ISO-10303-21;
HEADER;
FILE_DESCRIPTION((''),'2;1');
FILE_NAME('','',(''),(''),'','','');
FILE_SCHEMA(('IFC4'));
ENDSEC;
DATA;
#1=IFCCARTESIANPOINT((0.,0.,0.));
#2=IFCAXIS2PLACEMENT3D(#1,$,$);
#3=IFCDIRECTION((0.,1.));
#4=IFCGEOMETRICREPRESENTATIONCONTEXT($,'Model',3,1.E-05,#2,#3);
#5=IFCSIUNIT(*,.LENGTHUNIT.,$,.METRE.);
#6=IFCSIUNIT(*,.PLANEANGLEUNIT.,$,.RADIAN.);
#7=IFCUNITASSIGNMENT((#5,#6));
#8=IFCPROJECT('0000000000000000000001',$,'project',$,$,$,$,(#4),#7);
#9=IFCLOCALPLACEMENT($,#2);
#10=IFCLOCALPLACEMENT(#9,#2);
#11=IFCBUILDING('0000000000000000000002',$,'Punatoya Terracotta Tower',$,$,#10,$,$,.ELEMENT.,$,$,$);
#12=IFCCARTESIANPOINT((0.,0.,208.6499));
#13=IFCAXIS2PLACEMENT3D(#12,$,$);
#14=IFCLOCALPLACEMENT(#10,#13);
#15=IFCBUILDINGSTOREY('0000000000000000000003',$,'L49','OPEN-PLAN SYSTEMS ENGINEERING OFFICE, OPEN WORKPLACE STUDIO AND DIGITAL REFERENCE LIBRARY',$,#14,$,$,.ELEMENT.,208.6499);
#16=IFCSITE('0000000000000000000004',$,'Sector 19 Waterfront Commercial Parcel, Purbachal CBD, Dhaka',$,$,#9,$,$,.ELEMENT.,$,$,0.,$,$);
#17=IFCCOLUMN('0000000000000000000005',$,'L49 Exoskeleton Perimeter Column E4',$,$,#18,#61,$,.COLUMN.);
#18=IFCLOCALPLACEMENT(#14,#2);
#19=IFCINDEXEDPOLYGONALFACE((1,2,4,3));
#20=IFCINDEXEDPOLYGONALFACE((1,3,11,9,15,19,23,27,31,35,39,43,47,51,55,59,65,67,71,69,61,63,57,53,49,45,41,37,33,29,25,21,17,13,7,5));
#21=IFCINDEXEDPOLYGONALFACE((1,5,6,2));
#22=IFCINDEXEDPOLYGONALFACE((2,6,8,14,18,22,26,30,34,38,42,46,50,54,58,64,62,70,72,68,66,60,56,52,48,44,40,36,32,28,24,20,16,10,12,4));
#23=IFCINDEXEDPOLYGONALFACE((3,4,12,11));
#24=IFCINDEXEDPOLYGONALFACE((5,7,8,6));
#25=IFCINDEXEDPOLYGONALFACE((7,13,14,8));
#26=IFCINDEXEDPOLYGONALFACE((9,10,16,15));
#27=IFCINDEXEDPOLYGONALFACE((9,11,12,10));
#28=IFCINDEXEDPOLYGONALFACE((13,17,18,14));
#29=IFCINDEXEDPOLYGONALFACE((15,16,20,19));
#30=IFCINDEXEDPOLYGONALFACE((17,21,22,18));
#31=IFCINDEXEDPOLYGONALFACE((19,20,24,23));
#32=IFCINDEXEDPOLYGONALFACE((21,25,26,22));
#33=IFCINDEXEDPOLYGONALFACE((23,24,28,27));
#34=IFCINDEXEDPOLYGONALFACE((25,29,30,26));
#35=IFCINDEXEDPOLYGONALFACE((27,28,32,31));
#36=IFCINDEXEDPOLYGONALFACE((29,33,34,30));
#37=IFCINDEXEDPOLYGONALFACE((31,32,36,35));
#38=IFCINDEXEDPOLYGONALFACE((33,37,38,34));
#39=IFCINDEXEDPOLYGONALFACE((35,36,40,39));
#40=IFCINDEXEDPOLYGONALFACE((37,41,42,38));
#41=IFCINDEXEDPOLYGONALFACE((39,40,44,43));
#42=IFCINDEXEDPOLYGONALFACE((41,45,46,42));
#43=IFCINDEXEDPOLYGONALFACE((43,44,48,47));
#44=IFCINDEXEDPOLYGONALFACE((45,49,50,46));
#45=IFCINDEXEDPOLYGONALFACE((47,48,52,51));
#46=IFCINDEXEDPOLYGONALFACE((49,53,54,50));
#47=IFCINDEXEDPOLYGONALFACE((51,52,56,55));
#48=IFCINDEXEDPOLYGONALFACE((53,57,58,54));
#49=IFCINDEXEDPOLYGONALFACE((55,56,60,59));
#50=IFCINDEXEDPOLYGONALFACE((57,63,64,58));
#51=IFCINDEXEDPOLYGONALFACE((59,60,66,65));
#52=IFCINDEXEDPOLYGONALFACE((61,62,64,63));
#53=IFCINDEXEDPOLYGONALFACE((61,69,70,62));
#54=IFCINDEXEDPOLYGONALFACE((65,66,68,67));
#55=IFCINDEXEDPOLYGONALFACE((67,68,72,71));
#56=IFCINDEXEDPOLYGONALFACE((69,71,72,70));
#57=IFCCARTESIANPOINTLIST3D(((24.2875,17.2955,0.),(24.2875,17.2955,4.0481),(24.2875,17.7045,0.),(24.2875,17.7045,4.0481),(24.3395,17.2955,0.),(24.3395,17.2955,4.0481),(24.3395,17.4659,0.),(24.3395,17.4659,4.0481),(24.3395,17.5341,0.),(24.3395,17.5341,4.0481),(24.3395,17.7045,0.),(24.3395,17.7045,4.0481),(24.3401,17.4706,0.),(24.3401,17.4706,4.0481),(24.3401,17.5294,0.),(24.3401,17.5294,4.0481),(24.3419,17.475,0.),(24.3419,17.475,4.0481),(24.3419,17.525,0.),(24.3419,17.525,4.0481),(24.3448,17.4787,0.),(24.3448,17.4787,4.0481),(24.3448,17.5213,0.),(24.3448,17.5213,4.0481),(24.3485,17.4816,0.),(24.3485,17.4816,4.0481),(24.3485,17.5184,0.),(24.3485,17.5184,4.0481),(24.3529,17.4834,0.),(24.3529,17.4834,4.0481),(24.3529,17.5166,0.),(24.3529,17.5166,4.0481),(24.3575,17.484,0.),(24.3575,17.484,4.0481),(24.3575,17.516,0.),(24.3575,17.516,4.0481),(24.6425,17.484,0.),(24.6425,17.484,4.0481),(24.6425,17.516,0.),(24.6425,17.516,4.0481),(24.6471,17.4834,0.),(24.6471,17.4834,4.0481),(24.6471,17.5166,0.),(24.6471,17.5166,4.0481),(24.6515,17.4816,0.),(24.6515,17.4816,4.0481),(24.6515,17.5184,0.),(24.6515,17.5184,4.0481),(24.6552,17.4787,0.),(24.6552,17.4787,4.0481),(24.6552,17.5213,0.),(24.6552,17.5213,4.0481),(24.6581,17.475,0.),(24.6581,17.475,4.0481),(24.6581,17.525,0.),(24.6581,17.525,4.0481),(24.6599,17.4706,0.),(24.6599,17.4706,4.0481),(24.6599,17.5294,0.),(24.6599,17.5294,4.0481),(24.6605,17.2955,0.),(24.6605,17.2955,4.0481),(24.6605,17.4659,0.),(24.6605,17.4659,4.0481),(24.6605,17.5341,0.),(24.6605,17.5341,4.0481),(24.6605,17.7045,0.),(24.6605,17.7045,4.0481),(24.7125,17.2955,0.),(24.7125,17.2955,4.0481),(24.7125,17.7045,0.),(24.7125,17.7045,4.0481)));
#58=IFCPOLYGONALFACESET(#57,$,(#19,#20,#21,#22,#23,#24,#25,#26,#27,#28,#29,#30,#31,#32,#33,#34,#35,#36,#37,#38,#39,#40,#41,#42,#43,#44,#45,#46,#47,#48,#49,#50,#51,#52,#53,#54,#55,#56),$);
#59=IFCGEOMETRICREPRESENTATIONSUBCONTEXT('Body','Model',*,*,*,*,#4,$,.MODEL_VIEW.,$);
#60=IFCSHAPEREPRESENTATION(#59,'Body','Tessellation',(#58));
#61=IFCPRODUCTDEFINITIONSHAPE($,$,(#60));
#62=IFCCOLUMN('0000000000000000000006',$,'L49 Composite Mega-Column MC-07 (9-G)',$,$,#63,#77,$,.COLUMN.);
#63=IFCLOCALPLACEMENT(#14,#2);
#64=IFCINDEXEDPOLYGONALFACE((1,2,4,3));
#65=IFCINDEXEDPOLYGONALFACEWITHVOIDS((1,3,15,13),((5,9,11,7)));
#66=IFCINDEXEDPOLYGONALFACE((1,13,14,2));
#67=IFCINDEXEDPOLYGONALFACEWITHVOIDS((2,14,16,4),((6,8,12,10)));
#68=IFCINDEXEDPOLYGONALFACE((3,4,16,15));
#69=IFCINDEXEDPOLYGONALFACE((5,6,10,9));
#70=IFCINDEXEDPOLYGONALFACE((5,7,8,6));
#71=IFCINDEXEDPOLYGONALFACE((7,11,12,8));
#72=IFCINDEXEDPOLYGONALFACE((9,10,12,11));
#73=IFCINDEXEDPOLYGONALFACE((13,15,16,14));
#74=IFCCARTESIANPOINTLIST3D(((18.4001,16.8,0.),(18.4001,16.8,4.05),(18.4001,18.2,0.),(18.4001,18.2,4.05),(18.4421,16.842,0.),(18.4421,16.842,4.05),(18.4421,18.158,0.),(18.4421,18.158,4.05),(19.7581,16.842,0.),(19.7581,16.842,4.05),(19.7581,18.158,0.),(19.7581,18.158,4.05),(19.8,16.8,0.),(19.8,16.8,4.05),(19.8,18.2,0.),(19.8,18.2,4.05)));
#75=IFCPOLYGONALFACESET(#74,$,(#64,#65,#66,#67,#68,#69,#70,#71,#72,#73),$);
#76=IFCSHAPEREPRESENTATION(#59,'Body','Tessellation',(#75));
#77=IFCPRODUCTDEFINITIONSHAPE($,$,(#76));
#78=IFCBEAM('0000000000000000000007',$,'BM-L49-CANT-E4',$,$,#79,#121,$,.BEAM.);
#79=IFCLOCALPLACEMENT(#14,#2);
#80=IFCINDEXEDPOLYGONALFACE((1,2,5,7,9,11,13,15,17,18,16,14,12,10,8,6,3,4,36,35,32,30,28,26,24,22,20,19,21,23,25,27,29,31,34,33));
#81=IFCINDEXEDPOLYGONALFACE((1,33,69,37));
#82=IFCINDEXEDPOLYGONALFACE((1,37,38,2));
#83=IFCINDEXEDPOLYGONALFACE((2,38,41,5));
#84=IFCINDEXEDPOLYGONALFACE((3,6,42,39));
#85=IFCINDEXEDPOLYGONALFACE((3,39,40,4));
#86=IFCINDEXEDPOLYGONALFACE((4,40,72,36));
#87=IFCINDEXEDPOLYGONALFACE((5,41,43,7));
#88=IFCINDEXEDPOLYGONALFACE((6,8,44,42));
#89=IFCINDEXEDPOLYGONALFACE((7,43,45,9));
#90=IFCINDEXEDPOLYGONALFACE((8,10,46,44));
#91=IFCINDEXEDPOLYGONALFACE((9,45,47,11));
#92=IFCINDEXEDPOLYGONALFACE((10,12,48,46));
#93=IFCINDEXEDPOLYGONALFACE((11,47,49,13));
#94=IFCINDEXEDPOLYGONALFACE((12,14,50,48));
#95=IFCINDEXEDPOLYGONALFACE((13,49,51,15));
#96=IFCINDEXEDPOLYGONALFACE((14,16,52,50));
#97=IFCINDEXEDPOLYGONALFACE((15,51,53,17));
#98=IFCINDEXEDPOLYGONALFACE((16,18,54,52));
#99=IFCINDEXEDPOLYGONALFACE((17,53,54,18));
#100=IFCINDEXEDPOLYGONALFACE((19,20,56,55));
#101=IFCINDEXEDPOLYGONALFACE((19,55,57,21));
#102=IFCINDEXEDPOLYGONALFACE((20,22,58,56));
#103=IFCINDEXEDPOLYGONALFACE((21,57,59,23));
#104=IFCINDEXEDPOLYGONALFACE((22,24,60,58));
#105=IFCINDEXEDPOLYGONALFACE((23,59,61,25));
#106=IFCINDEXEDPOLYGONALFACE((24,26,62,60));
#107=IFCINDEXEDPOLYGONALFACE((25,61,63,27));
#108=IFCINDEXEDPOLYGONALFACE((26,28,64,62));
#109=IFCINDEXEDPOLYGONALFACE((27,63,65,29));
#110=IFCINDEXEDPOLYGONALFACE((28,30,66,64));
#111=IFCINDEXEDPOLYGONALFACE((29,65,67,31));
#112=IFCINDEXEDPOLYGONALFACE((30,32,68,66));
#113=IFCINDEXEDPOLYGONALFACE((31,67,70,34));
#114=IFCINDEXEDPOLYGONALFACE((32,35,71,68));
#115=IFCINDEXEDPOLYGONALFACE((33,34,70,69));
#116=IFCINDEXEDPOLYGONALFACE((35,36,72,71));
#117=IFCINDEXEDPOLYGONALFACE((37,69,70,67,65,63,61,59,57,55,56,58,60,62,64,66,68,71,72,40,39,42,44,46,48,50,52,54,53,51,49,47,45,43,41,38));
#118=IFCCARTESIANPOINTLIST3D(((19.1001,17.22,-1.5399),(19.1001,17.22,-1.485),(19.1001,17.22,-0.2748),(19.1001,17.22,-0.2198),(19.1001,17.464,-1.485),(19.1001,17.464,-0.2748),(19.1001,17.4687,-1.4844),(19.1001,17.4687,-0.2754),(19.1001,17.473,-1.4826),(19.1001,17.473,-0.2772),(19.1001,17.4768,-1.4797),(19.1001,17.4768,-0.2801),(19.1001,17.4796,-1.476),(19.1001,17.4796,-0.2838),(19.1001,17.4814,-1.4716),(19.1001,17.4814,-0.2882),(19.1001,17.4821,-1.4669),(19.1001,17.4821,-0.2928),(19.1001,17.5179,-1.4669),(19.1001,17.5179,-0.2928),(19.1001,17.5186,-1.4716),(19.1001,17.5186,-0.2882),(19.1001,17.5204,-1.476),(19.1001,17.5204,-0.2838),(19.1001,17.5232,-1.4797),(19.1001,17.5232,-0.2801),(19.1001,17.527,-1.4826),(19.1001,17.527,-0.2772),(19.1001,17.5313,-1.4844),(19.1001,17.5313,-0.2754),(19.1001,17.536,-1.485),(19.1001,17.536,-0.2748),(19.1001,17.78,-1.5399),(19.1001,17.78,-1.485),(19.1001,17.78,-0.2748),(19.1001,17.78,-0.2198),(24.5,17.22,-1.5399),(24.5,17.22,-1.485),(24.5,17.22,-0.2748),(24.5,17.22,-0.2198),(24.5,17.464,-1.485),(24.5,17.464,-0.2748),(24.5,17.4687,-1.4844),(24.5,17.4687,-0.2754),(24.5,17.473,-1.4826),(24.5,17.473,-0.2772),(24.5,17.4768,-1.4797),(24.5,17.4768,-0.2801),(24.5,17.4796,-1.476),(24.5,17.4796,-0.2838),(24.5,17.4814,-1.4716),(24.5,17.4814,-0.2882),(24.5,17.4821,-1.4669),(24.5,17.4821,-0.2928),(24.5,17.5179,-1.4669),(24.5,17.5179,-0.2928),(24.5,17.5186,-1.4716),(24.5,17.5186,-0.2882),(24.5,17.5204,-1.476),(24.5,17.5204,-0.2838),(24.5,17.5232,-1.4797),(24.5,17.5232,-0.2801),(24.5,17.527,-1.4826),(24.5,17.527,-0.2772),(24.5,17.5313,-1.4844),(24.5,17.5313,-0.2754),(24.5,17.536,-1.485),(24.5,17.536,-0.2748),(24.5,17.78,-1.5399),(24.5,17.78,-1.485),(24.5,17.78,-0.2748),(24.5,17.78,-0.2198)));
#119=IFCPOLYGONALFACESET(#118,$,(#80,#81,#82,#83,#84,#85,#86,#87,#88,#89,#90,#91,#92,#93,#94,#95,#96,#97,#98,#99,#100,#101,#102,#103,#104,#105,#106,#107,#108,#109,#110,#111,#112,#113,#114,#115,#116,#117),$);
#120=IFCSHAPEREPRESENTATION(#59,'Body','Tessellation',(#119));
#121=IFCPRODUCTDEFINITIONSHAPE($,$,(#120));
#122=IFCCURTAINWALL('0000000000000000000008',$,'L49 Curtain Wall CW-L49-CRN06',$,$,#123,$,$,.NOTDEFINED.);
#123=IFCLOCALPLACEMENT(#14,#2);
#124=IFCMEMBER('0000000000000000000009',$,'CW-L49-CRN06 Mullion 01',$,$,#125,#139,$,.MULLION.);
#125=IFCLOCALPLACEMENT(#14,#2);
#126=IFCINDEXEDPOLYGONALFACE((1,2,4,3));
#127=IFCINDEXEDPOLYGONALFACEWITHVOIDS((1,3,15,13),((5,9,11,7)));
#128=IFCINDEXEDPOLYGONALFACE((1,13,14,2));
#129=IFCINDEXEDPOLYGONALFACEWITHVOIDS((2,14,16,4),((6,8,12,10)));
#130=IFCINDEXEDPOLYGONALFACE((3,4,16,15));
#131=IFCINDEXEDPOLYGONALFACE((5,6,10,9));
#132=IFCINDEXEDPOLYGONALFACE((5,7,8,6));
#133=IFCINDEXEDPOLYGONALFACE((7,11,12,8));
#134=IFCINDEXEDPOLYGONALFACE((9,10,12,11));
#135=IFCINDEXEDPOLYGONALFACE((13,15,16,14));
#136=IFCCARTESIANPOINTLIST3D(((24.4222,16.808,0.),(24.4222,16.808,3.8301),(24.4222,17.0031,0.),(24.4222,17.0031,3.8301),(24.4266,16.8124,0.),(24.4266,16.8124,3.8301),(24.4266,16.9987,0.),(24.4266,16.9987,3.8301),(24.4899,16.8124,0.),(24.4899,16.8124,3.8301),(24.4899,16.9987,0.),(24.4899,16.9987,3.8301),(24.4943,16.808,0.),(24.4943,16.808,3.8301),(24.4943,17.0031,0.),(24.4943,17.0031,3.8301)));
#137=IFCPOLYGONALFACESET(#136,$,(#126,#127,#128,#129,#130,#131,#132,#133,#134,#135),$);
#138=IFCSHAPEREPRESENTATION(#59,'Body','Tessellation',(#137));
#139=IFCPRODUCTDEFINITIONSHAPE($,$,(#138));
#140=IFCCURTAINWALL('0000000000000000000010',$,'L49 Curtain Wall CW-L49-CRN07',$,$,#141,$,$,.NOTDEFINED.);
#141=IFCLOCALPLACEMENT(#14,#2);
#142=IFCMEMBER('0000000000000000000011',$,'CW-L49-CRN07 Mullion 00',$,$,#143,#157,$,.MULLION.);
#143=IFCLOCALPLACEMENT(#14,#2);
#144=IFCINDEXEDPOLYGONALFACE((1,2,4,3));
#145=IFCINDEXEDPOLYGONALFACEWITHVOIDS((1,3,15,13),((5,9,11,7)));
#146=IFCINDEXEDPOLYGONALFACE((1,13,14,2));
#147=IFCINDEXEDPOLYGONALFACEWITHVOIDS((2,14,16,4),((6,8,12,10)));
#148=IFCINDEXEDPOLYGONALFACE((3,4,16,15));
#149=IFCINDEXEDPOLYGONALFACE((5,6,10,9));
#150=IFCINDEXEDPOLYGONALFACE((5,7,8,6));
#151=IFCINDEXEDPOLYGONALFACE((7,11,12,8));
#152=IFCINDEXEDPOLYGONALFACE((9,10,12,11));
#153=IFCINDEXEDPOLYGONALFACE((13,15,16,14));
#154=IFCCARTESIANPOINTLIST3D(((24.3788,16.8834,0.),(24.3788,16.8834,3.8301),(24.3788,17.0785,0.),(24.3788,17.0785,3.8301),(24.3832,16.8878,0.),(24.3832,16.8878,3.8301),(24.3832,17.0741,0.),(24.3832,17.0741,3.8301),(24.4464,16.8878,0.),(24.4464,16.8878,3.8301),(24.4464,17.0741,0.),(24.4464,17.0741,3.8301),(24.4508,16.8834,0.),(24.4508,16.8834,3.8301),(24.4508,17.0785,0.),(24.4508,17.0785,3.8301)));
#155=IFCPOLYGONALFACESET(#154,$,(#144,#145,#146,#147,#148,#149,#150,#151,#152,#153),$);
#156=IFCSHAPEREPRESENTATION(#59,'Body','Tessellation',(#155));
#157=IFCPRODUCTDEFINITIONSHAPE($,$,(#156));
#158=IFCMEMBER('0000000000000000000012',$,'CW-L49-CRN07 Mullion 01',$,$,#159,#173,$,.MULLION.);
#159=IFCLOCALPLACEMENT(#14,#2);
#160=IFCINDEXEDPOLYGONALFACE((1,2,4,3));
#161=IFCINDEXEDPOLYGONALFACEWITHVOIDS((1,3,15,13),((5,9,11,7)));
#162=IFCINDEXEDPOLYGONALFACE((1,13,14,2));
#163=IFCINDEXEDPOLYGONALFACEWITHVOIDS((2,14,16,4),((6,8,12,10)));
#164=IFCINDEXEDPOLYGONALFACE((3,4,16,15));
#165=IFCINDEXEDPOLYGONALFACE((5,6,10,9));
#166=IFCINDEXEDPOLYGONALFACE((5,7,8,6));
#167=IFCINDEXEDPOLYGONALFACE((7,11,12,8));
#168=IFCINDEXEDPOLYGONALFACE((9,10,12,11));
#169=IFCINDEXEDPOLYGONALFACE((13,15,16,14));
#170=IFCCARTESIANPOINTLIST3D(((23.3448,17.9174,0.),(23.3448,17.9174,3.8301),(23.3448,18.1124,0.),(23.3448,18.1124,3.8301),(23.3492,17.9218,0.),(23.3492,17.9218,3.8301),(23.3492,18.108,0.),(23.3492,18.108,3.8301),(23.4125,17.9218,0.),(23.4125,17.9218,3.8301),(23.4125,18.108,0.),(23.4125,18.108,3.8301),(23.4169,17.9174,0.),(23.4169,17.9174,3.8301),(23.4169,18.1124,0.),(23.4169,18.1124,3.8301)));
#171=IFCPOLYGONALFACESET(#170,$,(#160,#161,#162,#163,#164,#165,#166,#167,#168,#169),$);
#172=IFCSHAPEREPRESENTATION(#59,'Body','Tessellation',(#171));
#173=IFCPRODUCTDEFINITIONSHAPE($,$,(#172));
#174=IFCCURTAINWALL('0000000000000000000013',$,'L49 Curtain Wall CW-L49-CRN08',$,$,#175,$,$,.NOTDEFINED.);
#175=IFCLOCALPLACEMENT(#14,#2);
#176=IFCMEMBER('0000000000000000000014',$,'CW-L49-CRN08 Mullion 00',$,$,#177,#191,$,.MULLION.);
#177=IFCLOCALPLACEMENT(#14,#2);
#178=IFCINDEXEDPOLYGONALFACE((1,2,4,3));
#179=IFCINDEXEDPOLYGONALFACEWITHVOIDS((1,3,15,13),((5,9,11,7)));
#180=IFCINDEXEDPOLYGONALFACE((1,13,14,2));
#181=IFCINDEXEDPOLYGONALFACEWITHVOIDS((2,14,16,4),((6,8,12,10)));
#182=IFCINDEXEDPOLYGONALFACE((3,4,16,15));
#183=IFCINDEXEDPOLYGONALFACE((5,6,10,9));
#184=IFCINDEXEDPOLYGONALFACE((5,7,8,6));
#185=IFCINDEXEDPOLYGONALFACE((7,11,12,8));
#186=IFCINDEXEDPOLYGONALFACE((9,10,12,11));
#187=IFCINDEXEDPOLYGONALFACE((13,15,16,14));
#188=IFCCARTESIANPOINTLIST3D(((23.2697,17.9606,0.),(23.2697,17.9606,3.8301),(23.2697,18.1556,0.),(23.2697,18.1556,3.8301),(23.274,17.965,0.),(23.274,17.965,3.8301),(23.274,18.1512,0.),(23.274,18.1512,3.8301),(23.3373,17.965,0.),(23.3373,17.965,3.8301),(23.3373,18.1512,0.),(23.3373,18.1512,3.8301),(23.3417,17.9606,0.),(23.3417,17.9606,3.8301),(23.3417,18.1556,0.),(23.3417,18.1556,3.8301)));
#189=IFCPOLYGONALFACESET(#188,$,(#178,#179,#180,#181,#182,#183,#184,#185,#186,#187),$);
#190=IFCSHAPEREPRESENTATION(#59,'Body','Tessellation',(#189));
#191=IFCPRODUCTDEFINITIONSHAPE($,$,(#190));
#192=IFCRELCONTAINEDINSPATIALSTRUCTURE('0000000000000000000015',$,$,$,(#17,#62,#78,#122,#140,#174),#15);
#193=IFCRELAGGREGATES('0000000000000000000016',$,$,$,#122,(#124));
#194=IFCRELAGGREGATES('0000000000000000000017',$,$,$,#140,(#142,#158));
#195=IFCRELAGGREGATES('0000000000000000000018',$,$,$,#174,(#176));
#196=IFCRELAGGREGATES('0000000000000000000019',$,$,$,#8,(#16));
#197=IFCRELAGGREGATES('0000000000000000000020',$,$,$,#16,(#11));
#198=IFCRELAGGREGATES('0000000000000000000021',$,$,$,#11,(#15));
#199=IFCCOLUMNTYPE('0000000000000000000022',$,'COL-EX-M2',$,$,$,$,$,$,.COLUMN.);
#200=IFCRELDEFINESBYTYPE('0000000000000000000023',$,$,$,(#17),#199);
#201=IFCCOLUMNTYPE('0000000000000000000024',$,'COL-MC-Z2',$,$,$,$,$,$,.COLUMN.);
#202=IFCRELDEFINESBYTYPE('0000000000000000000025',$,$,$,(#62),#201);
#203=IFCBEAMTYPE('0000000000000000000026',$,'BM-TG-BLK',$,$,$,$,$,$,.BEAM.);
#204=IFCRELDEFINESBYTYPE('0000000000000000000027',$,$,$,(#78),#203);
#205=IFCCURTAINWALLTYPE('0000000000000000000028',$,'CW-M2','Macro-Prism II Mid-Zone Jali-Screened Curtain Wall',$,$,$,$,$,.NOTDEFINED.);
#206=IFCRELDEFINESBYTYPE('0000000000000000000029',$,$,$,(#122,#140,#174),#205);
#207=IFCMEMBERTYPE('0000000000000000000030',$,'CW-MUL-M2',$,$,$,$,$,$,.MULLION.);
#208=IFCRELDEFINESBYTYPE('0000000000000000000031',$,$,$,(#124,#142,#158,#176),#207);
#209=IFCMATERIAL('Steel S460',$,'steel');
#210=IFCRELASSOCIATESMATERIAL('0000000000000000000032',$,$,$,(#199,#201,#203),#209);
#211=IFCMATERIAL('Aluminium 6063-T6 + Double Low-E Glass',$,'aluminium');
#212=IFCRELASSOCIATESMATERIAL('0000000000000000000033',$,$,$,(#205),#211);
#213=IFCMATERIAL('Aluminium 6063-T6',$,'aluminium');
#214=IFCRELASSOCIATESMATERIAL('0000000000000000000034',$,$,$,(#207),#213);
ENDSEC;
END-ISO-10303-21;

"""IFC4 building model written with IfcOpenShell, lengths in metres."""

from ifc_helpers import new_model, si_unit, direction, frame, origin, origin_2d, place, context, subcontext, project, spatial, hollow_rectangle, i_section, extrude, material, material_profile, profile_set, type_object, element, aggregate, save


model = new_model("IFC4")

# Units and contexts
model_context = context("Model", 3, precision=1e-05, world=origin(), true_north=direction((0.0, 1.0)))
body_context = subcontext(model_context, "Body", "Model", "MODEL_VIEW")
ifc_project = project(units=[si_unit("LENGTHUNIT", "METRE"), si_unit("PLANEANGLEUNIT", "RADIAN")], contexts=[model_context])

# Site, building, storey
site_placement = place(None, origin())
site = spatial("IfcSite", under=ifc_project, at=site_placement, Name="Sector 19 Waterfront Commercial Parcel, Purbachal CBD, Dhaka", CompositionType="ELEMENT", RefElevation=0.0)
building_placement = place(site_placement, origin())
building = spatial("IfcBuilding", under=site, at=building_placement, Name="Punatoya Terracotta Tower", CompositionType="ELEMENT")
storey_placement = place(building_placement, frame((0.0, 0.0, 208.6499)))
storey = spatial("IfcBuildingStorey", under=building, at=storey_placement, Name="L49", Description="OPEN-PLAN SYSTEMS ENGINEERING OFFICE, OPEN WORKPLACE STUDIO AND DIGITAL REFERENCE LIBRARY", CompositionType="ELEMENT", Elevation=208.6499)

# Columns
ifc_material_1 = material(Name="Steel S460", Category="steel")
ifc_material_profile_1 = material_profile(ifc_material_1, i_section(OverallWidth=0.4089, OverallDepth=0.425, WebThickness=0.032, FlangeThickness=0.052, FilletRadius=0.0181, at=origin_2d()))
ifc_profile_set_1 = profile_set([ifc_material_profile_1], Name="Steel S460")
column_type_1 = type_object("IfcColumnType", Name="COL-EX-M2", PredefinedType="COLUMN", material=ifc_profile_set_1)
column_1_placement = place(storey_placement, frame((24.5, 17.5, 0.0), z_axis=(0.0, 0.0, 1.0), x_axis=(0.0, 1.0, 0.0)))
element("IfcColumn", 1, at=column_1_placement, inside=storey, type_object=column_type_1, Name="L49 Exoskeleton Perimeter Column E4", PredefinedType="COLUMN", context=body_context, shape_type="SweptSolid", body=[
    extrude(i_section(OverallWidth=0.4089, OverallDepth=0.425, WebThickness=0.032, FlangeThickness=0.052, FilletRadius=0.0181, at=origin_2d()), origin(), (0.0, 0.0, 1.0), 4.0481),
])
ifc_material_profile_2 = material_profile(ifc_material_1, hollow_rectangle(XDim=1.3999, YDim=1.3999, WallThickness=0.042, at=origin_2d()))
ifc_profile_set_2 = profile_set([ifc_material_profile_2], Name="Steel S460")
column_type_2 = type_object("IfcColumnType", Name="COL-MC-Z2", PredefinedType="COLUMN", material=ifc_profile_set_2)
column_2_placement = place(storey_placement, frame((19.1001, 17.5, 0.0), z_axis=(0.0, 0.0, 1.0), x_axis=(1.0, 0.0, 0.0)))
element("IfcColumn", 2, at=column_2_placement, inside=storey, type_object=column_type_2, Name="L49 Composite Mega-Column MC-07 (9-G)", PredefinedType="COLUMN", context=body_context, shape_type="SweptSolid", body=[
    extrude(hollow_rectangle(XDim=1.3999, YDim=1.3999, WallThickness=0.042, at=origin_2d()), origin(), (0.0, 0.0, 1.0), 4.05),
])

# Beam
ifc_material_profile_3 = material_profile(ifc_material_1, i_section(OverallWidth=0.5601, OverallDepth=1.3201, WebThickness=0.0359, FlangeThickness=0.0549, FilletRadius=0.0181, at=origin_2d()))
ifc_profile_set_3 = profile_set([ifc_material_profile_3], Name="Steel S460")
beam_type = type_object("IfcBeamType", Name="BM-TG-BLK", PredefinedType="BEAM", material=ifc_profile_set_3)
beam_placement = place(storey_placement, frame((19.1001, 17.5, -0.8799), z_axis=(1.0, 0.0, 0.0), x_axis=(0.0, 1.0, 0.0)))
element("IfcBeam", 3, at=beam_placement, inside=storey, type_object=beam_type, Name="BM-L49-CANT-E4", PredefinedType="BEAM", context=body_context, shape_type="SweptSolid", body=[
    extrude(i_section(OverallWidth=0.5601, OverallDepth=1.3201, WebThickness=0.0359, FlangeThickness=0.0549, FilletRadius=0.0181, at=origin_2d()), origin(), (0.0, 0.0, 1.0), 5.3999),
])

# Curtain wall, member
ifc_material_2 = material(Name="Aluminium 6063-T6 + Double Low-E Glass", Category="aluminium")
curtain_wall_type = type_object("IfcCurtainWallType", Name="CW-M2", Description="Macro-Prism II Mid-Zone Jali-Screened Curtain Wall", PredefinedType="NOTDEFINED", material=ifc_material_2)
curtain_wall_1_placement = place(storey_placement, origin())
curtain_wall_1 = element("IfcCurtainWall", 4, at=curtain_wall_1_placement, inside=storey, type_object=curtain_wall_type, Name="L49 Curtain Wall CW-L49-CRN06", PredefinedType="NOTDEFINED")
ifc_material_3 = material(Name="Aluminium 6063-T6", Category="aluminium")
ifc_material_profile_4 = material_profile(ifc_material_3, hollow_rectangle(XDim=0.072, YDim=0.1951, WallThickness=0.0044, at=origin_2d()))
ifc_profile_set_4 = profile_set([ifc_material_profile_4], Name="Aluminium 6063-T6")
member_type_1 = type_object("IfcMemberType", Name="CW-MUL-M2", PredefinedType="MULLION", material=ifc_profile_set_4)
member_1_placement = place(storey_placement, frame((24.4583, 16.9055, 0.0), z_axis=(0.0, 0.0, 1.0), x_axis=(1.0, 0.0, 0.0)))
member_1 = element("IfcMember", 5, at=member_1_placement, type_object=member_type_1, Name="CW-L49-CRN06 Mullion 01", PredefinedType="MULLION", context=body_context, shape_type="SweptSolid", body=[
    extrude(hollow_rectangle(XDim=0.072, YDim=0.1951, WallThickness=0.0044, at=origin_2d()), origin(), (0.0, 0.0, 1.0), 3.8301),
])

# Curtain walls, members
curtain_wall_2_placement = place(storey_placement, origin())
curtain_wall_2 = element("IfcCurtainWall", 6, at=curtain_wall_2_placement, inside=storey, type_object=curtain_wall_type, Name="L49 Curtain Wall CW-L49-CRN07", PredefinedType="NOTDEFINED")
member_2_placement = place(storey_placement, frame((24.4148, 16.981, 0.0), z_axis=(0.0, 0.0, 1.0), x_axis=(1.0, 0.0, 0.0)))
member_2 = element("IfcMember", 7, at=member_2_placement, type_object=member_type_1, Name="CW-L49-CRN07 Mullion 00", PredefinedType="MULLION", context=body_context, shape_type="SweptSolid", body=[
    extrude(hollow_rectangle(XDim=0.072, YDim=0.1951, WallThickness=0.0044, at=origin_2d()), origin(), (0.0, 0.0, 1.0), 3.8301),
])
member_3_placement = place(storey_placement, frame((23.3809, 18.0149, 0.0), z_axis=(0.0, 0.0, 1.0), x_axis=(1.0, 0.0, 0.0)))
member_3 = element("IfcMember", 8, at=member_3_placement, type_object=member_type_1, Name="CW-L49-CRN07 Mullion 01", PredefinedType="MULLION", context=body_context, shape_type="SweptSolid", body=[
    extrude(hollow_rectangle(XDim=0.072, YDim=0.1951, WallThickness=0.0044, at=origin_2d()), origin(), (0.0, 0.0, 1.0), 3.8301),
])
curtain_wall_3_placement = place(storey_placement, origin())
curtain_wall_3 = element("IfcCurtainWall", 9, at=curtain_wall_3_placement, inside=storey, type_object=curtain_wall_type, Name="L49 Curtain Wall CW-L49-CRN08", PredefinedType="NOTDEFINED")
member_4_placement = place(storey_placement, frame((23.3057, 18.0581, 0.0), z_axis=(0.0, 0.0, 1.0), x_axis=(1.0, 0.0, 0.0)))
member_4 = element("IfcMember", 10, at=member_4_placement, type_object=member_type_1, Name="CW-L49-CRN08 Mullion 00", PredefinedType="MULLION", context=body_context, shape_type="SweptSolid", body=[
    extrude(hollow_rectangle(XDim=0.072, YDim=0.1951, WallThickness=0.0044, at=origin_2d()), origin(), (0.0, 0.0, 1.0), 3.8301),
])

aggregate(curtain_wall_1, [member_1])
aggregate(curtain_wall_2, [member_2, member_3])
aggregate(curtain_wall_3, [member_4])

save(model, "model.ifc")
